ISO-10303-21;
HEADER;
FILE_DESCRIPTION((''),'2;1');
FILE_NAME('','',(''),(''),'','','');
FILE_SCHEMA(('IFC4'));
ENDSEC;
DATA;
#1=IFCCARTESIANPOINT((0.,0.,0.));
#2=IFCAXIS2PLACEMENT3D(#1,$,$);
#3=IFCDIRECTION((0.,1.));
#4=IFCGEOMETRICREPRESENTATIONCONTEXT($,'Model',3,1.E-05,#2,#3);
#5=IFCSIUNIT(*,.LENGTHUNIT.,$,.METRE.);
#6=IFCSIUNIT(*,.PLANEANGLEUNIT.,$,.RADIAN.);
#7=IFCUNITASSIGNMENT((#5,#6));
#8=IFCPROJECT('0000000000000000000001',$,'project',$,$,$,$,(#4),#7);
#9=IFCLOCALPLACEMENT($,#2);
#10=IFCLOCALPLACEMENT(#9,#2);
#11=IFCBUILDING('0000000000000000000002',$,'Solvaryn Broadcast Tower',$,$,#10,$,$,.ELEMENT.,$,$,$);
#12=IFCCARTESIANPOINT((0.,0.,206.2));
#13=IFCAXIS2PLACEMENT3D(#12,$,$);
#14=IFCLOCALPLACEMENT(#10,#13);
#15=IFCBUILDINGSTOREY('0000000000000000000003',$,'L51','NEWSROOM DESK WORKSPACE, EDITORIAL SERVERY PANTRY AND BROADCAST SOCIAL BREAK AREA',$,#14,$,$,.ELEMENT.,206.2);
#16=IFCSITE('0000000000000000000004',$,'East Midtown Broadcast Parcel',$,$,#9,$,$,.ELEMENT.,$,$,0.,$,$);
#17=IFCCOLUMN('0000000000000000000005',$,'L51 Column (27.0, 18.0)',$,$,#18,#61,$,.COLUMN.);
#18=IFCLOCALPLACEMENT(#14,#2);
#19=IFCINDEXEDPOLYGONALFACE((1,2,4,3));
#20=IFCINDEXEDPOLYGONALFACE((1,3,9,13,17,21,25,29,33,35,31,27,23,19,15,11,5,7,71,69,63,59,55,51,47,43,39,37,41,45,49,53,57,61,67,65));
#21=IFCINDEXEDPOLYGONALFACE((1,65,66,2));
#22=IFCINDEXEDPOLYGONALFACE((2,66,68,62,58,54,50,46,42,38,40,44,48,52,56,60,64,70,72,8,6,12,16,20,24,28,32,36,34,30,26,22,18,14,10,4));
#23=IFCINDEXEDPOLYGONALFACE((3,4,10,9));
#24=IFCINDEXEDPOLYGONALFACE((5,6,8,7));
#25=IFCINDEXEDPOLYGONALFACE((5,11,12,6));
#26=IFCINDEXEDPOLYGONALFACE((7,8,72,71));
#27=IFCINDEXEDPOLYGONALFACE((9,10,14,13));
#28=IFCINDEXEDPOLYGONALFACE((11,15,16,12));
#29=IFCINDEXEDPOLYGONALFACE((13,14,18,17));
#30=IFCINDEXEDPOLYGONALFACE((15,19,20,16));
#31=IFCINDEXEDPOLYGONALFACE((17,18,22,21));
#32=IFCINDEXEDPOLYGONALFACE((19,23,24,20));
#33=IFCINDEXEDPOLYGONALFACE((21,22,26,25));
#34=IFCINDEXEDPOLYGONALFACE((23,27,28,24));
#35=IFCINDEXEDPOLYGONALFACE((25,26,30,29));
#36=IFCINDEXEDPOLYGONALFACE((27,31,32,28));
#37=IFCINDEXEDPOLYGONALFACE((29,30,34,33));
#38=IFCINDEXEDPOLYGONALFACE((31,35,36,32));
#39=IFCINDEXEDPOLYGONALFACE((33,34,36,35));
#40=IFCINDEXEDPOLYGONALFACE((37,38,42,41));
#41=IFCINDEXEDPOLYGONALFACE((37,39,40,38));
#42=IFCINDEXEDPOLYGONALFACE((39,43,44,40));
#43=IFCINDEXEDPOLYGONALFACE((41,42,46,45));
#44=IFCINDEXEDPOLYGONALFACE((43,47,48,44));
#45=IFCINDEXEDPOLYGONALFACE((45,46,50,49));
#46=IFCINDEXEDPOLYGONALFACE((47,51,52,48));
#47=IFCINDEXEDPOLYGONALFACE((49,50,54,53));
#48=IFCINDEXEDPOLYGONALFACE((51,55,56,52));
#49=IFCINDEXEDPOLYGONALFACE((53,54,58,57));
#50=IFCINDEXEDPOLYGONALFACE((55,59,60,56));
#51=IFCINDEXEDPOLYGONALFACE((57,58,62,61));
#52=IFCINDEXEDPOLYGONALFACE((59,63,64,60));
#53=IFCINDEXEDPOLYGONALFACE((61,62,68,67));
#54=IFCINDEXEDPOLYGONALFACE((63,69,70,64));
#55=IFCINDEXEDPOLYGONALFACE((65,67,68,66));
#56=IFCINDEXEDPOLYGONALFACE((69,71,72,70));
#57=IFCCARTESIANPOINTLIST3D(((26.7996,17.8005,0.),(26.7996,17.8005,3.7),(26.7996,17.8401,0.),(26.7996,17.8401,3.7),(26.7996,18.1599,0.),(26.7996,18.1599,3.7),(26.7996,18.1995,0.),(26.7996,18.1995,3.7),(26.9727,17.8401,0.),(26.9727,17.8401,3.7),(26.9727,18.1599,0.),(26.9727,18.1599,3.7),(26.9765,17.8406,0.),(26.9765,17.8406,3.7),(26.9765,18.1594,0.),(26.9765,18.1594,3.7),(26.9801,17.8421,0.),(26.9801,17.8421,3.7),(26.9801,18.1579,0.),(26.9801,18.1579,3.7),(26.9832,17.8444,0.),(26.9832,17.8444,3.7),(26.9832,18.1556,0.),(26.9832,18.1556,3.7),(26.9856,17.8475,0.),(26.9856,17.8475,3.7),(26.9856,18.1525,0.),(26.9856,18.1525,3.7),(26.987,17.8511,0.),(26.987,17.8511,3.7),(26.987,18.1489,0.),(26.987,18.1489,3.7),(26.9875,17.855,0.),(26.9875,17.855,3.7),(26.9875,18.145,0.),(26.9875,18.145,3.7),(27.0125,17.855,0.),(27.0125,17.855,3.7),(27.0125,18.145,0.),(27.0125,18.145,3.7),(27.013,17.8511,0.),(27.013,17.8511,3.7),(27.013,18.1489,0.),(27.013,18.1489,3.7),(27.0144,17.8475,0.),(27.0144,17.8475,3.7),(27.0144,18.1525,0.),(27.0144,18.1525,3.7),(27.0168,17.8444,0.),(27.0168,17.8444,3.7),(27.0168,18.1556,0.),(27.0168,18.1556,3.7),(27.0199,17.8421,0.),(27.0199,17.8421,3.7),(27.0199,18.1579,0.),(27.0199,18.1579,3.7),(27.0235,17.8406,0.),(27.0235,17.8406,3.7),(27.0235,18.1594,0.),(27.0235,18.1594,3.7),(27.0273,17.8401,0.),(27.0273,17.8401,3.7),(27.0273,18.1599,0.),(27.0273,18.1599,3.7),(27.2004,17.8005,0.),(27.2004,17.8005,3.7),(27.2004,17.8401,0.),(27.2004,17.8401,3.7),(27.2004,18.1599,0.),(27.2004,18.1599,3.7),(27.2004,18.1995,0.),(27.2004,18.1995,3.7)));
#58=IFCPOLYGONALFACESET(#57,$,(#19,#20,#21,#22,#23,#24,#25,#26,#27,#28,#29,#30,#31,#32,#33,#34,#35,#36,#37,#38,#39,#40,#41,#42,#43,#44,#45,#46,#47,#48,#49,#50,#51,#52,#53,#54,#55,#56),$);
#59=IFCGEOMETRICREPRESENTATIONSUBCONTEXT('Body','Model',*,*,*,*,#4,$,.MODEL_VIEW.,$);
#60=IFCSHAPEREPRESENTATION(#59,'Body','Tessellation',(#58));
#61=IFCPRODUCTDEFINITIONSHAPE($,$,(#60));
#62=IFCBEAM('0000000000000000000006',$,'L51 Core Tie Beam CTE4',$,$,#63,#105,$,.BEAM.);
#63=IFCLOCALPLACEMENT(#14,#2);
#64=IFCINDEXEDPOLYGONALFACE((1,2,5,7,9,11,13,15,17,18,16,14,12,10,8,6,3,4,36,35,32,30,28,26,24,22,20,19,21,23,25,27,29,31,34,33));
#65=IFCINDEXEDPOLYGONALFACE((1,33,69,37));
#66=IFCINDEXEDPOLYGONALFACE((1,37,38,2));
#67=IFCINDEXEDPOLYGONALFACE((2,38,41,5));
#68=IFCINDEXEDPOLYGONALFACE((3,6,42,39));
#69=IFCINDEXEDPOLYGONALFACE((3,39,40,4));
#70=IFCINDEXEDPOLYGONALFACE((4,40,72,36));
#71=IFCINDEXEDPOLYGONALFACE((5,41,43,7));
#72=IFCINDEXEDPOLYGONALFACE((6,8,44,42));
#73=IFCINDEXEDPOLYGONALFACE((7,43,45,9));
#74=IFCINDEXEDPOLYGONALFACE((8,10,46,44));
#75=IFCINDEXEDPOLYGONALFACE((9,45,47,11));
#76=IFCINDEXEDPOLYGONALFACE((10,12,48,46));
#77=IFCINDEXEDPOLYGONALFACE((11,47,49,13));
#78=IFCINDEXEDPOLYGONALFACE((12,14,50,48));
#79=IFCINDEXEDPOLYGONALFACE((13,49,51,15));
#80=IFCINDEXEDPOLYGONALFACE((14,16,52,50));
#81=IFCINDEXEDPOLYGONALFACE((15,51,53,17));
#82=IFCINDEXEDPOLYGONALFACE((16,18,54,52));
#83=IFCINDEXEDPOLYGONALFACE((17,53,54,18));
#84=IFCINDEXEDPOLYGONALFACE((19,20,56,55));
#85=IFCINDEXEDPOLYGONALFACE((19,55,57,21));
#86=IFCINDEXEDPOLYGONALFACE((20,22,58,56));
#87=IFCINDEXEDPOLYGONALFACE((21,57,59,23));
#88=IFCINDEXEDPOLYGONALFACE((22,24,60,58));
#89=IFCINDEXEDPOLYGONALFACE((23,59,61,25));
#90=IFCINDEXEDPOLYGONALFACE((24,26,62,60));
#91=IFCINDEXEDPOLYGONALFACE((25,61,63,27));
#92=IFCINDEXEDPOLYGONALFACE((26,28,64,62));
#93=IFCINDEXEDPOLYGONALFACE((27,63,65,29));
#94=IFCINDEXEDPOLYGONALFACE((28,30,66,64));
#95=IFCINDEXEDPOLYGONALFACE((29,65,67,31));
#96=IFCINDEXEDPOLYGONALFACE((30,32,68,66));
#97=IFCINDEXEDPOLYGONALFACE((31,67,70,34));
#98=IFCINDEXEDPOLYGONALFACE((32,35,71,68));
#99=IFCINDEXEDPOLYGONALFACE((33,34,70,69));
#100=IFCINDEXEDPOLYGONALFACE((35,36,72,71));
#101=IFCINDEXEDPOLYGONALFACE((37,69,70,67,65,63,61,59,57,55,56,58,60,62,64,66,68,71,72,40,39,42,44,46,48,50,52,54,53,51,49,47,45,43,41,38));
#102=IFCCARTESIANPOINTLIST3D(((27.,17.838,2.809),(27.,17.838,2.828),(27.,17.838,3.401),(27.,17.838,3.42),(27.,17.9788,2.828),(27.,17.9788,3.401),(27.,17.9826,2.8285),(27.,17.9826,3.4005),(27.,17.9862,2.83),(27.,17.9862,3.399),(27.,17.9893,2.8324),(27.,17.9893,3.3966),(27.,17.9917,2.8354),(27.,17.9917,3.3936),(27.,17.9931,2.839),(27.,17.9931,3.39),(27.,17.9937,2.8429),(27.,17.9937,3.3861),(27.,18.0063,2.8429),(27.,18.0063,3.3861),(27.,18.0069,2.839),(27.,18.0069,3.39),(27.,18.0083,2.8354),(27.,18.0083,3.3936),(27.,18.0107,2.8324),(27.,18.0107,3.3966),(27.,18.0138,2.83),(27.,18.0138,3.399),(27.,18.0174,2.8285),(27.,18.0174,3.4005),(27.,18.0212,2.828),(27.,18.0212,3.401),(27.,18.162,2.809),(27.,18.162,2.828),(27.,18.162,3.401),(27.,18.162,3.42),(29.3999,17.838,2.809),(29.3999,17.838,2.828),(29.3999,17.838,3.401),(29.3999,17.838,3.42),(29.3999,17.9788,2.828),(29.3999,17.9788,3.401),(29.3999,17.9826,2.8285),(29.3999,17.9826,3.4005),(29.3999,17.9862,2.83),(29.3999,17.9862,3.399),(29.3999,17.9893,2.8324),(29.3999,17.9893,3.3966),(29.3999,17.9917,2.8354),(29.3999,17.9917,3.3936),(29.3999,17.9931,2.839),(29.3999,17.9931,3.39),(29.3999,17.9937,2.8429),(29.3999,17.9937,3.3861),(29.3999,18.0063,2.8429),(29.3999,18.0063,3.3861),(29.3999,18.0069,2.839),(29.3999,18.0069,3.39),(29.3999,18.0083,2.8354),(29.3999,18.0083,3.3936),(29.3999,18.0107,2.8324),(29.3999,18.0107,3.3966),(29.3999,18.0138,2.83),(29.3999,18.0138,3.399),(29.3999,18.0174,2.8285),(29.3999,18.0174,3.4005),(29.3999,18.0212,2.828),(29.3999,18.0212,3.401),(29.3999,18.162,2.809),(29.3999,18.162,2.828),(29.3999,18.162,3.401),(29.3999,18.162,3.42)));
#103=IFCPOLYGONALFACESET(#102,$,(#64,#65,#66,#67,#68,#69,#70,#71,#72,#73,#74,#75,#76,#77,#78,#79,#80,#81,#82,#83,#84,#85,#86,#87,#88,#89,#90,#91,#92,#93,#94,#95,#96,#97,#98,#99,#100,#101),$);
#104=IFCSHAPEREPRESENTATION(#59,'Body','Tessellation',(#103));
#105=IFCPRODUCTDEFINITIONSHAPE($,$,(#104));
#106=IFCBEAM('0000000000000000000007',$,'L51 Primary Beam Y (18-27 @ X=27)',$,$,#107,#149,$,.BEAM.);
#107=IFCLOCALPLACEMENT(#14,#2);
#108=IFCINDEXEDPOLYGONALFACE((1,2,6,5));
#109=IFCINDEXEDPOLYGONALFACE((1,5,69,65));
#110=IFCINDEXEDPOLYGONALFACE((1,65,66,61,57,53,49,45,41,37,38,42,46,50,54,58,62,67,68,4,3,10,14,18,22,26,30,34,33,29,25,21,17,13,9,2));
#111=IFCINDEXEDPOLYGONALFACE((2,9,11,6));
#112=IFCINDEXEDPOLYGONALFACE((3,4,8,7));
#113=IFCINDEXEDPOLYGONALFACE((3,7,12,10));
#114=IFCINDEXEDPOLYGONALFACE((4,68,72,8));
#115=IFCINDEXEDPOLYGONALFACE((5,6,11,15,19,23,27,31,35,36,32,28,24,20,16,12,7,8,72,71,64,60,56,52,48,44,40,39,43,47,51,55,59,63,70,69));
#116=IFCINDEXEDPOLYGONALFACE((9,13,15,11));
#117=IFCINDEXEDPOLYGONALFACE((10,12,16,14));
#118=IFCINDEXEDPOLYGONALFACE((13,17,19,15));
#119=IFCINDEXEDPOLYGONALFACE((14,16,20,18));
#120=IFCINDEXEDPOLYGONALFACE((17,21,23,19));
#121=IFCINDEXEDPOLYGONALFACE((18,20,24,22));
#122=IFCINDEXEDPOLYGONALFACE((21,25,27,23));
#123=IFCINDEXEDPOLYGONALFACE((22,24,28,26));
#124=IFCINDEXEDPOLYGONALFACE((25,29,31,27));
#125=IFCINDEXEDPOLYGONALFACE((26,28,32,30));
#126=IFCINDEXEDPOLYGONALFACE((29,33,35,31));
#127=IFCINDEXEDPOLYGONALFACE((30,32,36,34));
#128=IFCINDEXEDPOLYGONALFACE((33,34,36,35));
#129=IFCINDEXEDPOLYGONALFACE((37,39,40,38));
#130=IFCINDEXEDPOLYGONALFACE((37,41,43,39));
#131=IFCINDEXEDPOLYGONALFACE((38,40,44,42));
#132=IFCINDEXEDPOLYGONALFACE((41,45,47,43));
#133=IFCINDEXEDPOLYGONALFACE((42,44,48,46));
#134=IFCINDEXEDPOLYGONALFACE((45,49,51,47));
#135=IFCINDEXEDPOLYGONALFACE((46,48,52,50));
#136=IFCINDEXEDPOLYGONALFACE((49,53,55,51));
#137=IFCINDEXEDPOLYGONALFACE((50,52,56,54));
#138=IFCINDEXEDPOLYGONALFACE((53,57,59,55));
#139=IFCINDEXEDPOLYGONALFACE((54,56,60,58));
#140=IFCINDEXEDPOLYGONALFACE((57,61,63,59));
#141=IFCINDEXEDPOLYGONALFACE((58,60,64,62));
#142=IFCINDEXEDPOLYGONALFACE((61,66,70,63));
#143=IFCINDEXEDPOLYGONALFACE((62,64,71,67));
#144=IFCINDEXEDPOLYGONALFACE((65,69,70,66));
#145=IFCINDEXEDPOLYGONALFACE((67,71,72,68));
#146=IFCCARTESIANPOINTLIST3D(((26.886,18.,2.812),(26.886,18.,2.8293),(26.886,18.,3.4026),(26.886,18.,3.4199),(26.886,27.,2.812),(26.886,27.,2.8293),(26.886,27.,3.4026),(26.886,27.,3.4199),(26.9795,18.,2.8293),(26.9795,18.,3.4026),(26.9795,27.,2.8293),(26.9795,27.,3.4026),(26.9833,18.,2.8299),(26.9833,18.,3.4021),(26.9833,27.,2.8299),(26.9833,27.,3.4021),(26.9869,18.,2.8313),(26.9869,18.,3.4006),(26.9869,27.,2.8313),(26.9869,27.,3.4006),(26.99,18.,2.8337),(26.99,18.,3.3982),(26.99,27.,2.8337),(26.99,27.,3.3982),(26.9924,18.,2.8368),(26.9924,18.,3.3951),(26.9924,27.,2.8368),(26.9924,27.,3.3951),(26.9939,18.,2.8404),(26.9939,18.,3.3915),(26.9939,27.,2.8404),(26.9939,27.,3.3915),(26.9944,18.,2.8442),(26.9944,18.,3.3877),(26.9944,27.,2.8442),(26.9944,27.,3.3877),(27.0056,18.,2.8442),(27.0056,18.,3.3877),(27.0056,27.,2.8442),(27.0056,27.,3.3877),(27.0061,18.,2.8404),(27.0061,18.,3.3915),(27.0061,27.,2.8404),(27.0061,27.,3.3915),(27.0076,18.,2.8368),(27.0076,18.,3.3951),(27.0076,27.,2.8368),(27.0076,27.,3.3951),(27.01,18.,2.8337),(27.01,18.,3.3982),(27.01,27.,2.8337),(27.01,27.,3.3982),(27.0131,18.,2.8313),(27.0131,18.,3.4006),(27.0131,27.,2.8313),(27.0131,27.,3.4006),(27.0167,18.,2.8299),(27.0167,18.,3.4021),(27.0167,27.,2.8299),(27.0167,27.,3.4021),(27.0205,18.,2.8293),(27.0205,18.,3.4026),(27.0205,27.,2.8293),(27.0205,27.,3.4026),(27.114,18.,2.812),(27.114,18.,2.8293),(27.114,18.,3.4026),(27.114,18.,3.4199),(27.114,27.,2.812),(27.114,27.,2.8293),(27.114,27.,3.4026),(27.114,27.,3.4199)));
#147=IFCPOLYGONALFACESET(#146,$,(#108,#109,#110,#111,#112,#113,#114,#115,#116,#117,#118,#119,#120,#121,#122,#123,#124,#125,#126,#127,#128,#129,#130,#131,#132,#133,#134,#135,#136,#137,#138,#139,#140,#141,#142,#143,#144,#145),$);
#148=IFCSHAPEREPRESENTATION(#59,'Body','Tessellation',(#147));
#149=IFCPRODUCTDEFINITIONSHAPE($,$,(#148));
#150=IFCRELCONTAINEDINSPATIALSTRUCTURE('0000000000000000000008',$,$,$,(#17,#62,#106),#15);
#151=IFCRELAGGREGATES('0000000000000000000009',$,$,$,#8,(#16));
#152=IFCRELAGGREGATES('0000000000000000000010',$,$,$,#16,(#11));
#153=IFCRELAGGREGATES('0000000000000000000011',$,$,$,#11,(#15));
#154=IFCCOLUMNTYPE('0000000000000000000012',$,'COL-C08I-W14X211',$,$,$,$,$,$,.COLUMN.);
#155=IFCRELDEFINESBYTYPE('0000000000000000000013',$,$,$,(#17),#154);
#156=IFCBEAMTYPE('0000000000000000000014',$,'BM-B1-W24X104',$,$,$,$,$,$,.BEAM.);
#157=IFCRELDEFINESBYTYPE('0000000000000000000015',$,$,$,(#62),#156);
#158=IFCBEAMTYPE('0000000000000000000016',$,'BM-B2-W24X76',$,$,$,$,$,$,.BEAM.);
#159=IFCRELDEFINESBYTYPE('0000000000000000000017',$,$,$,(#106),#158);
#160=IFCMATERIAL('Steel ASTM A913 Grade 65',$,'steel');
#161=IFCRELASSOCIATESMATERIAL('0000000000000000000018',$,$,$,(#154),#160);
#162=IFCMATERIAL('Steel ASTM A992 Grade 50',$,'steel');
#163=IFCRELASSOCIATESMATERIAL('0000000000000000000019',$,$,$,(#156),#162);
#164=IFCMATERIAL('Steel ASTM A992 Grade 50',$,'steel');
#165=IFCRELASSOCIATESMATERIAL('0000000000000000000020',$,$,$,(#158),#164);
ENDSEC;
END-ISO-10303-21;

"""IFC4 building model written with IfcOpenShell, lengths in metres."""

from ifc_helpers import new_model, si_unit, direction, frame, origin, origin_2d, place, context, subcontext, project, spatial, i_section, extrude, material, material_profile, profile_set, type_object, element, save


model = new_model("IFC4")

# Units and contexts
model_context = context("Model", 3, precision=1e-05, world=origin(), true_north=direction((0.0, 1.0)))
body_context = subcontext(model_context, "Body", "Model", "MODEL_VIEW")
ifc_project = project(units=[si_unit("LENGTHUNIT", "METRE"), si_unit("PLANEANGLEUNIT", "RADIAN")], contexts=[model_context])

# Site, building, storey
site_placement = place(None, origin())
site = spatial("IfcSite", under=ifc_project, at=site_placement, Name="East Midtown Broadcast Parcel", CompositionType="ELEMENT", RefElevation=0.0)
building_placement = place(site_placement, origin())
building = spatial("IfcBuilding", under=site, at=building_placement, Name="Solvaryn Broadcast Tower", CompositionType="ELEMENT")
storey_placement = place(building_placement, frame((0.0, 0.0, 206.2)))
storey = spatial("IfcBuildingStorey", under=building, at=storey_placement, Name="L51", Description="NEWSROOM DESK WORKSPACE, EDITORIAL SERVERY PANTRY AND BROADCAST SOCIAL BREAK AREA", CompositionType="ELEMENT", Elevation=206.2)

# Column
ifc_material_1 = material(Name="Steel ASTM A913 Grade 65", Category="steel")
ifc_material_profile_1 = material_profile(ifc_material_1, i_section(OverallWidth=0.4009, OverallDepth=0.3989, WebThickness=0.0249, FlangeThickness=0.0396, FilletRadius=0.0149, at=origin_2d()))
ifc_profile_set_1 = profile_set([ifc_material_profile_1], Name="Steel ASTM A913 Grade 65")
column_type = type_object("IfcColumnType", Name="COL-C08I-W14X211", PredefinedType="COLUMN", material=ifc_profile_set_1)
column_placement = place(storey_placement, frame((27.0, 18.0, 0.0), z_axis=(0.0, 0.0, 1.0), x_axis=(1.0, 0.0, 0.0)))
element("IfcColumn", 1, at=column_placement, inside=storey, type_object=column_type, Name="L51 Column (27.0, 18.0)", PredefinedType="COLUMN", context=body_context, shape_type="SweptSolid", body=[
    extrude(i_section(OverallWidth=0.4009, OverallDepth=0.3989, WebThickness=0.0249, FlangeThickness=0.0396, FilletRadius=0.0149, at=origin_2d()), origin(), (0.0, 0.0, 1.0), 3.7),
])

# Beams
ifc_material_2 = material(Name="Steel ASTM A992 Grade 50", Category="steel")
ifc_material_profile_2 = material_profile(ifc_material_2, i_section(OverallWidth=0.324, OverallDepth=0.6111, WebThickness=0.0127, FlangeThickness=0.019, FilletRadius=0.0149, at=origin_2d()))
ifc_profile_set_2 = profile_set([ifc_material_profile_2], Name="Steel ASTM A992 Grade 50")
beam_type_1 = type_object("IfcBeamType", Name="BM-B1-W24X104", PredefinedType="BEAM", material=ifc_profile_set_2)
beam_1_placement = place(storey_placement, frame((27.0, 18.0, 3.1145), z_axis=(1.0, 0.0, 0.0), x_axis=(0.0, 1.0, 0.0)))
element("IfcBeam", 2, at=beam_1_placement, inside=storey, type_object=beam_type_1, Name="L51 Core Tie Beam CTE4", PredefinedType="BEAM", context=body_context, shape_type="SweptSolid", body=[
    extrude(i_section(OverallWidth=0.324, OverallDepth=0.6111, WebThickness=0.0127, FlangeThickness=0.019, FilletRadius=0.0149, at=origin_2d()), origin(), (0.0, 0.0, 1.0), 2.3999),
])
ifc_material_3 = material(Name="Steel ASTM A992 Grade 50", Category="steel")
ifc_material_profile_3 = material_profile(ifc_material_3, i_section(OverallWidth=0.228, OverallDepth=0.6079, WebThickness=0.0112, FlangeThickness=0.0173, FilletRadius=0.0149, at=origin_2d()))
ifc_profile_set_3 = profile_set([ifc_material_profile_3], Name="Steel ASTM A992 Grade 50")
beam_type_2 = type_object("IfcBeamType", Name="BM-B2-W24X76", PredefinedType="BEAM", material=ifc_profile_set_3)
beam_2_placement = place(storey_placement, frame((27.0, 18.0, 3.116), z_axis=(0.0, 1.0, 0.0), x_axis=(-1.0, 0.0, 0.0)))
element("IfcBeam", 3, at=beam_2_placement, inside=storey, type_object=beam_type_2, Name="L51 Primary Beam Y (18-27 @ X=27)", PredefinedType="BEAM", context=body_context, shape_type="SweptSolid", body=[
    extrude(i_section(OverallWidth=0.228, OverallDepth=0.6079, WebThickness=0.0112, FlangeThickness=0.0173, FilletRadius=0.0149, at=origin_2d()), origin(), (0.0, 0.0, 1.0), 9.0),
])

save(model, "model.ifc")
